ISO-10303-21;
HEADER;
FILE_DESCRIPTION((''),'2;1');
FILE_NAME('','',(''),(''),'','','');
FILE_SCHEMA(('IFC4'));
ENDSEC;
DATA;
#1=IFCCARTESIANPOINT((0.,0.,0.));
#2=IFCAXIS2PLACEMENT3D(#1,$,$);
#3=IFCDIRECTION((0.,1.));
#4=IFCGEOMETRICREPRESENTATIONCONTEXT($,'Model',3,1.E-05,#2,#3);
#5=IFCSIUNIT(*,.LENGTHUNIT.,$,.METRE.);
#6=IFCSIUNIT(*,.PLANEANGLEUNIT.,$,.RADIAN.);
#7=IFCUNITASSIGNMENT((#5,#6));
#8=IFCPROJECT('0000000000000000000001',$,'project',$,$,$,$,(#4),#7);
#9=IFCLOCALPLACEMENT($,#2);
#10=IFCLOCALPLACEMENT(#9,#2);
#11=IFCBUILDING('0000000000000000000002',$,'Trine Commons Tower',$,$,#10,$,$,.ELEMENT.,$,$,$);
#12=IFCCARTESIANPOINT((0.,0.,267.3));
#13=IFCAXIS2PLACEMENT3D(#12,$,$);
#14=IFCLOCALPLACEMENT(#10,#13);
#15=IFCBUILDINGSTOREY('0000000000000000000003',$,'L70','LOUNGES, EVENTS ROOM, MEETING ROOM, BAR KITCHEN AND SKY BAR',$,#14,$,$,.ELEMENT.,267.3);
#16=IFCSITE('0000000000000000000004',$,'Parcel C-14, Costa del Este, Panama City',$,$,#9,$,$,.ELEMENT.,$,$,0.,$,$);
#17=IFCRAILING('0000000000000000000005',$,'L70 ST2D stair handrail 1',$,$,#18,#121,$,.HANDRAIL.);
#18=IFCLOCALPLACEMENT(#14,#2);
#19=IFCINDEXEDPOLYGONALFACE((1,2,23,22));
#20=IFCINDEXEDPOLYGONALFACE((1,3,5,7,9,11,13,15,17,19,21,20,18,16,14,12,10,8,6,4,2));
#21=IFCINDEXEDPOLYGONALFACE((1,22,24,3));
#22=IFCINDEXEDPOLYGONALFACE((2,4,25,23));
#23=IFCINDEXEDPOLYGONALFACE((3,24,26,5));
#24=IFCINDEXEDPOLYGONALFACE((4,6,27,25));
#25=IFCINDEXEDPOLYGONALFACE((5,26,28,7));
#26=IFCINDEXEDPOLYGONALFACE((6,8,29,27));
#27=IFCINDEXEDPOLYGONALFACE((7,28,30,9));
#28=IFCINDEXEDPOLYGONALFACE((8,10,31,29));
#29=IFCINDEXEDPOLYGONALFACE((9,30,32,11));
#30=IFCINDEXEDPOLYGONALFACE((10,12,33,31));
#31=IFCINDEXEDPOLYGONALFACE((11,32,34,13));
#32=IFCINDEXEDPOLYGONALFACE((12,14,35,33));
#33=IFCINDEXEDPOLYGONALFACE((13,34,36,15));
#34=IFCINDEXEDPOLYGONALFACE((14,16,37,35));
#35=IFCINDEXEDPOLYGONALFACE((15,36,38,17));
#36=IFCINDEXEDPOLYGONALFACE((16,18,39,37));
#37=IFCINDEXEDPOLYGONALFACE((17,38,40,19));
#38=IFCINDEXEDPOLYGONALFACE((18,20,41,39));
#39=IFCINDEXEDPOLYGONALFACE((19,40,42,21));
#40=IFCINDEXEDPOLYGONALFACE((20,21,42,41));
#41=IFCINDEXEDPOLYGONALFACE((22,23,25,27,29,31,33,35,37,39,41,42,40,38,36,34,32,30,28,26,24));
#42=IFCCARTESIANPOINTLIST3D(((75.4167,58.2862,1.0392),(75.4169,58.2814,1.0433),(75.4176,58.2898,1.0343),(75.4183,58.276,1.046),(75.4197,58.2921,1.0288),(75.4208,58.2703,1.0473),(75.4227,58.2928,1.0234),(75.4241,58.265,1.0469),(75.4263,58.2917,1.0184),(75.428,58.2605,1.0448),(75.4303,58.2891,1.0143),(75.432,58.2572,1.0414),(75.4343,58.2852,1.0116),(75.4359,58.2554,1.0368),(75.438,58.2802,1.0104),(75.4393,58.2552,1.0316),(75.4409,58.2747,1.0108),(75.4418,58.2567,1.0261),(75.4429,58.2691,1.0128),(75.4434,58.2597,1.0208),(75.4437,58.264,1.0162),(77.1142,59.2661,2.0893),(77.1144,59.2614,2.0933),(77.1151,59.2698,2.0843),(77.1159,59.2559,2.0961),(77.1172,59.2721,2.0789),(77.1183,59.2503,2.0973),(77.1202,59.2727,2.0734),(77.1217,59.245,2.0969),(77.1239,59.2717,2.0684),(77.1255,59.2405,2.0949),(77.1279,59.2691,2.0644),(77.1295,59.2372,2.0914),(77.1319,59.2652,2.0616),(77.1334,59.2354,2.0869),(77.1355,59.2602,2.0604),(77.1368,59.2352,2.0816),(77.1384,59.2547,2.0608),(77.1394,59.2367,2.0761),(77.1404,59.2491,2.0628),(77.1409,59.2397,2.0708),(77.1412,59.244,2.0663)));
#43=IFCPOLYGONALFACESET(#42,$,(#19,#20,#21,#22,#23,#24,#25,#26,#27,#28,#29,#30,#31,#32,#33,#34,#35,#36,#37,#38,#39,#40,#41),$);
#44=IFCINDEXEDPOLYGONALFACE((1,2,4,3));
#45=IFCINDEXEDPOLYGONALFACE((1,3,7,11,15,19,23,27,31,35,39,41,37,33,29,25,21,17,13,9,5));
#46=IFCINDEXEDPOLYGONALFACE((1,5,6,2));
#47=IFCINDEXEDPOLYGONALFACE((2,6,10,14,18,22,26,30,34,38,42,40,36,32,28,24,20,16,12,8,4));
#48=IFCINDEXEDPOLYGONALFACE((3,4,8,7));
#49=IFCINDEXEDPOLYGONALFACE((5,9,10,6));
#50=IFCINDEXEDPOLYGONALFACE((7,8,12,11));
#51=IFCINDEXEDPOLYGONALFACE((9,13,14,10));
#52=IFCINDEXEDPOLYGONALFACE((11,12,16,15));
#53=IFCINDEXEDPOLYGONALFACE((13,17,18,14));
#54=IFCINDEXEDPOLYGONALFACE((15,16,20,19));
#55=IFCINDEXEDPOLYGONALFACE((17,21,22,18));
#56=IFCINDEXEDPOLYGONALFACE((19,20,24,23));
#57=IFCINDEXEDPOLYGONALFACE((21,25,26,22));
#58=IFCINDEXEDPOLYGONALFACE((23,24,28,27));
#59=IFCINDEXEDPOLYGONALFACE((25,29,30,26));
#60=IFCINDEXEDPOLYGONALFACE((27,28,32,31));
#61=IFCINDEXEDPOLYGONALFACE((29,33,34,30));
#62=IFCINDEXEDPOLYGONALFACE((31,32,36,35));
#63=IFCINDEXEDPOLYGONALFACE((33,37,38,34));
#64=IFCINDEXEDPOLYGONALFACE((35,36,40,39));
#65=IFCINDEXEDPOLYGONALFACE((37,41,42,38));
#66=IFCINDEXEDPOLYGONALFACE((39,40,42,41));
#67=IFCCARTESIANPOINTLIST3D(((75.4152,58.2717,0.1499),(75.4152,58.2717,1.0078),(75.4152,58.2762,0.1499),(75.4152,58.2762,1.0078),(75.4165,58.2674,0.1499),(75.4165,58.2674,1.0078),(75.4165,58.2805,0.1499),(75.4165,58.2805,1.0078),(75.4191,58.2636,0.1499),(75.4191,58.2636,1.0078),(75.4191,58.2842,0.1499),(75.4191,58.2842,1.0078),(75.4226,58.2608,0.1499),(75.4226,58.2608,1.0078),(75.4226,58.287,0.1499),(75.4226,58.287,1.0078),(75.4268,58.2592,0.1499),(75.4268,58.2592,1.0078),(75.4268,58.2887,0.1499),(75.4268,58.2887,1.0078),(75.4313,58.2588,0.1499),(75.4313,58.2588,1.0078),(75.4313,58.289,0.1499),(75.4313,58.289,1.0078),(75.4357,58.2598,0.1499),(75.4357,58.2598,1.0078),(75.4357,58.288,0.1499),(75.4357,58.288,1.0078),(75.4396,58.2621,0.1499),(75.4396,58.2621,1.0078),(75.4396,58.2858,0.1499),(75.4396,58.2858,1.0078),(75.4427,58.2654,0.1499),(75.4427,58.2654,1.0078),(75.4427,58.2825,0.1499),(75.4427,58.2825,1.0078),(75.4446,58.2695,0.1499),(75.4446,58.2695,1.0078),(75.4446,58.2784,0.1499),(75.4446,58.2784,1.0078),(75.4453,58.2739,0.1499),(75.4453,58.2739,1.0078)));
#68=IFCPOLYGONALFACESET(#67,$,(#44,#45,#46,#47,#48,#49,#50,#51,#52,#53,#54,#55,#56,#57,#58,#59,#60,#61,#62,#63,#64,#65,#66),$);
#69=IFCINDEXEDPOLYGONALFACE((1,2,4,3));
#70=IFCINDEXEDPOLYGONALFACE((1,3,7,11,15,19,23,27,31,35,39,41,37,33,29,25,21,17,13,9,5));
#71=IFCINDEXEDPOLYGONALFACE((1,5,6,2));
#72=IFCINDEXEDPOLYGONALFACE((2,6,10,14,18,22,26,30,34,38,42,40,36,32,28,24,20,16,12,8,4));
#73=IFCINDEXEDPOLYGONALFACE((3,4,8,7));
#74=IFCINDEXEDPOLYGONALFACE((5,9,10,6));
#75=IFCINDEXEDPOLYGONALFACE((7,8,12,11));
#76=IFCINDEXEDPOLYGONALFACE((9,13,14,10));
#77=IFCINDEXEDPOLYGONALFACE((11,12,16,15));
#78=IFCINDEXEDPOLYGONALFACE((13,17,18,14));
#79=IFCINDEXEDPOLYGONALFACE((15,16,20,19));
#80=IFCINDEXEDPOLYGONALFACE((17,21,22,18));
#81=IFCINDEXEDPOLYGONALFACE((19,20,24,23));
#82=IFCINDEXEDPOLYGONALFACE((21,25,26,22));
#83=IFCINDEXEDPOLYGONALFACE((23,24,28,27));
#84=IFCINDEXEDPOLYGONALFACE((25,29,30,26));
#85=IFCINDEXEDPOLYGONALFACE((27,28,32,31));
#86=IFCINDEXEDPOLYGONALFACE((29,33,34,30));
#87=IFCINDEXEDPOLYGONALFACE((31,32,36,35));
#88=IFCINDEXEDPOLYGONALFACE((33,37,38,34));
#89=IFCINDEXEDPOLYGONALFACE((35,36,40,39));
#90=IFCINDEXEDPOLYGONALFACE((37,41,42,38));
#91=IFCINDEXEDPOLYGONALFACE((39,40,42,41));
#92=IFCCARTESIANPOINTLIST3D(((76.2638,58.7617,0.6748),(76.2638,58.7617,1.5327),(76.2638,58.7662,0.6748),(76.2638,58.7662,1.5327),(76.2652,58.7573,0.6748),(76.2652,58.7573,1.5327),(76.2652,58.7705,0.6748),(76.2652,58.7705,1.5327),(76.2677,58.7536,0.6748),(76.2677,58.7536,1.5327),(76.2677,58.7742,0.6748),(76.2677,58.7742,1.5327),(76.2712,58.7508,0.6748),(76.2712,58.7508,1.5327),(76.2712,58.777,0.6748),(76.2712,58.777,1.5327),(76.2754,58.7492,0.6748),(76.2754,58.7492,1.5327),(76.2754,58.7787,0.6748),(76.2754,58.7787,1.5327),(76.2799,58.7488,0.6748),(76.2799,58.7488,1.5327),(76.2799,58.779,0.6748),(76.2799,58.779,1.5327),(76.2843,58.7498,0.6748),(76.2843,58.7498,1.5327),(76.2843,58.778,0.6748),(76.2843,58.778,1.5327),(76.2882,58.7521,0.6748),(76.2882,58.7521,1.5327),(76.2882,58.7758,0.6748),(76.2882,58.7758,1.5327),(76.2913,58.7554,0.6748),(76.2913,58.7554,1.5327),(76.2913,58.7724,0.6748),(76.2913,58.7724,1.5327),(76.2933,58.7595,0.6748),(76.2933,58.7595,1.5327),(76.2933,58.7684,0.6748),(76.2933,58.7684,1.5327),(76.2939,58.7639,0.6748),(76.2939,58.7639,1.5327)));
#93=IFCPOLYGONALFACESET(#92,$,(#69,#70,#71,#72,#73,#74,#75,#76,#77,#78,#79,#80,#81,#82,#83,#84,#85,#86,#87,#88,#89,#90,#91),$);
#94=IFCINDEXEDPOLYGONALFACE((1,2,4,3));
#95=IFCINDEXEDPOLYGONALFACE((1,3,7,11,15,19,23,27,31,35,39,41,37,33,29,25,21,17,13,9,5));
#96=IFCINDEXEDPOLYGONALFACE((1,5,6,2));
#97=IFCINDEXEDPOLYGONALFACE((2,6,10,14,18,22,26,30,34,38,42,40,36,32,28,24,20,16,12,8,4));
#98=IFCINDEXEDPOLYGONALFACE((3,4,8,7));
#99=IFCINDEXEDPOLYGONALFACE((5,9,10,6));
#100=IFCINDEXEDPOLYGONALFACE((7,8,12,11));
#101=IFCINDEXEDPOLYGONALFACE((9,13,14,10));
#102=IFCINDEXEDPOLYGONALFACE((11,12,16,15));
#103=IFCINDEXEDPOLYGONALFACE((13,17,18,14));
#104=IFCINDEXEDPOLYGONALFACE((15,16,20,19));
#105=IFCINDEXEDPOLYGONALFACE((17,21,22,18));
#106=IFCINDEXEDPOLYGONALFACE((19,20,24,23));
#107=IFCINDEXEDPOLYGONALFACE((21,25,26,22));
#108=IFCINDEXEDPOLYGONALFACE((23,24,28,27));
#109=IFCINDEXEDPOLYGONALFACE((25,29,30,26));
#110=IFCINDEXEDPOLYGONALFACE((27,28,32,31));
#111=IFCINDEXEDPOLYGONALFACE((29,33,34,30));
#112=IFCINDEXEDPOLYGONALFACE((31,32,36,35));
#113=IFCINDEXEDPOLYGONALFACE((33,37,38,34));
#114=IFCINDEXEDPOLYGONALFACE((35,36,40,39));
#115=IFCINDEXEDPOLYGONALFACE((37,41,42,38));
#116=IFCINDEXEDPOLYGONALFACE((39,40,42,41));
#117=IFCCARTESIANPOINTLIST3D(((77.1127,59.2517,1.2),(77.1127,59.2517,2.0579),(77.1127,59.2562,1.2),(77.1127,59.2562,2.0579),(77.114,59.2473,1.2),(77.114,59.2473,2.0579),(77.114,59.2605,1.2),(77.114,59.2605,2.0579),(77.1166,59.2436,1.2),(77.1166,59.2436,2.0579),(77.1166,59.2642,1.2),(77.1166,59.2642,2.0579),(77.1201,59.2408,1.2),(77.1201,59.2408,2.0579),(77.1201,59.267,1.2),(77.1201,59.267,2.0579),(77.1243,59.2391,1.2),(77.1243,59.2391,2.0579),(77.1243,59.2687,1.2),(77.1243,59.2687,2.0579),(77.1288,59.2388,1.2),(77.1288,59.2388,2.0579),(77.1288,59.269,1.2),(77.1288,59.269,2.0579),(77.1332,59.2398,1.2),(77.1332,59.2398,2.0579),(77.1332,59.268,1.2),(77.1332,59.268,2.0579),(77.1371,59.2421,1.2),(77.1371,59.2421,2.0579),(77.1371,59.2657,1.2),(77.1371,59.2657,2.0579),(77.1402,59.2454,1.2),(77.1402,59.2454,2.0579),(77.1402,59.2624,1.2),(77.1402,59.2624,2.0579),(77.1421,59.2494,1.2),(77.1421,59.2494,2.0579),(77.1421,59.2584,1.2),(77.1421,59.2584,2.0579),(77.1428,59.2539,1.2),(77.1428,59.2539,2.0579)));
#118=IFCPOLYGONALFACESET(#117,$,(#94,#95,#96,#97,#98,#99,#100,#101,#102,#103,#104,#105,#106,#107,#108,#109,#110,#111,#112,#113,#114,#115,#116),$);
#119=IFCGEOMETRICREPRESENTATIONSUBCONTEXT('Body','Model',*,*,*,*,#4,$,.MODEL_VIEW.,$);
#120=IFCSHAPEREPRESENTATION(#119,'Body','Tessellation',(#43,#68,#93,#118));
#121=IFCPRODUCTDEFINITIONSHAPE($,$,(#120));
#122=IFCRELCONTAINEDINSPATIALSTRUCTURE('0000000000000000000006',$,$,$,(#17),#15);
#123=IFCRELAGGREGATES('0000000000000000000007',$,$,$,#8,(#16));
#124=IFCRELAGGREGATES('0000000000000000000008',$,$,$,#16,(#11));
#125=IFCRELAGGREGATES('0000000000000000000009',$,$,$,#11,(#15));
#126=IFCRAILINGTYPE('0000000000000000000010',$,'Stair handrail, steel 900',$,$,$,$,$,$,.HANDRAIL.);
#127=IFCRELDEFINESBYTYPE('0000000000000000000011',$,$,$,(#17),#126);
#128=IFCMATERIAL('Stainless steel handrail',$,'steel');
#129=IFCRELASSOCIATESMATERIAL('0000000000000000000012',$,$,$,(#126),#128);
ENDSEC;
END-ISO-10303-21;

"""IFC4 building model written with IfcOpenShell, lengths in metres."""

from ifc_helpers import new_model, si_unit, direction, frame, origin, origin_2d, place, context, subcontext, project, spatial, circle, extrude, material, type_object, element, save


model = new_model("IFC4")

# Units and contexts
model_context = context("Model", 3, precision=1e-05, world=origin(), true_north=direction((0.0, 1.0)))
body_context = subcontext(model_context, "Body", "Model", "MODEL_VIEW")
ifc_project = project(units=[si_unit("LENGTHUNIT", "METRE"), si_unit("PLANEANGLEUNIT", "RADIAN")], contexts=[model_context])

# Site, building, storey
site_placement = place(None, origin())
site = spatial("IfcSite", under=ifc_project, at=site_placement, Name="Parcel C-14, Costa del Este, Panama City", CompositionType="ELEMENT", RefElevation=0.0)
building_placement = place(site_placement, origin())
building = spatial("IfcBuilding", under=site, at=building_placement, Name="Trine Commons Tower", CompositionType="ELEMENT")
storey_placement = place(building_placement, frame((0.0, 0.0, 267.3)))
storey = spatial("IfcBuildingStorey", under=building, at=storey_placement, Name="L70", Description="LOUNGES, EVENTS ROOM, MEETING ROOM, BAR KITCHEN AND SKY BAR", CompositionType="ELEMENT", Elevation=267.3)

# Railing
ifc_material_1 = material(Name="Stainless steel handrail", Category="steel")
railing_type_1 = type_object("IfcRailingType", Name="Stair handrail, steel 900", PredefinedType="HANDRAIL", material=ifc_material_1)
railing_1_placement = place(storey_placement, frame((75.4302, 58.2739, 0.1499)))
element("IfcRailing", 1, at=railing_1_placement, inside=storey, type_object=railing_type_1, Name="L70 ST2D stair handrail 1", PredefinedType="HANDRAIL", context=body_context, shape_type="SweptSolid", body=[
    extrude(circle(Radius=0.021, at=origin_2d()), frame((0.0, 0.0, 0.8789), z_axis=(0.763398, 0.440713, 0.472224), x_axis=(-0.49997, 0.866042, 0.0)), (0.0, 0.0, 1.0), 2.2236),
    extrude(circle(Radius=0.0151, at=origin_2d()), origin(), (0.0, 0.0, 1.0), 0.8579),
    extrude(circle(Radius=0.0151, at=origin_2d()), frame((0.8486, 0.49, 0.5249)), (0.0, 0.0, 1.0), 0.8579),
    extrude(circle(Radius=0.0151, at=origin_2d()), frame((1.6975, 0.98, 1.05)), (0.0, 0.0, 1.0), 0.8579),
])

save(model, "model.ifc")
